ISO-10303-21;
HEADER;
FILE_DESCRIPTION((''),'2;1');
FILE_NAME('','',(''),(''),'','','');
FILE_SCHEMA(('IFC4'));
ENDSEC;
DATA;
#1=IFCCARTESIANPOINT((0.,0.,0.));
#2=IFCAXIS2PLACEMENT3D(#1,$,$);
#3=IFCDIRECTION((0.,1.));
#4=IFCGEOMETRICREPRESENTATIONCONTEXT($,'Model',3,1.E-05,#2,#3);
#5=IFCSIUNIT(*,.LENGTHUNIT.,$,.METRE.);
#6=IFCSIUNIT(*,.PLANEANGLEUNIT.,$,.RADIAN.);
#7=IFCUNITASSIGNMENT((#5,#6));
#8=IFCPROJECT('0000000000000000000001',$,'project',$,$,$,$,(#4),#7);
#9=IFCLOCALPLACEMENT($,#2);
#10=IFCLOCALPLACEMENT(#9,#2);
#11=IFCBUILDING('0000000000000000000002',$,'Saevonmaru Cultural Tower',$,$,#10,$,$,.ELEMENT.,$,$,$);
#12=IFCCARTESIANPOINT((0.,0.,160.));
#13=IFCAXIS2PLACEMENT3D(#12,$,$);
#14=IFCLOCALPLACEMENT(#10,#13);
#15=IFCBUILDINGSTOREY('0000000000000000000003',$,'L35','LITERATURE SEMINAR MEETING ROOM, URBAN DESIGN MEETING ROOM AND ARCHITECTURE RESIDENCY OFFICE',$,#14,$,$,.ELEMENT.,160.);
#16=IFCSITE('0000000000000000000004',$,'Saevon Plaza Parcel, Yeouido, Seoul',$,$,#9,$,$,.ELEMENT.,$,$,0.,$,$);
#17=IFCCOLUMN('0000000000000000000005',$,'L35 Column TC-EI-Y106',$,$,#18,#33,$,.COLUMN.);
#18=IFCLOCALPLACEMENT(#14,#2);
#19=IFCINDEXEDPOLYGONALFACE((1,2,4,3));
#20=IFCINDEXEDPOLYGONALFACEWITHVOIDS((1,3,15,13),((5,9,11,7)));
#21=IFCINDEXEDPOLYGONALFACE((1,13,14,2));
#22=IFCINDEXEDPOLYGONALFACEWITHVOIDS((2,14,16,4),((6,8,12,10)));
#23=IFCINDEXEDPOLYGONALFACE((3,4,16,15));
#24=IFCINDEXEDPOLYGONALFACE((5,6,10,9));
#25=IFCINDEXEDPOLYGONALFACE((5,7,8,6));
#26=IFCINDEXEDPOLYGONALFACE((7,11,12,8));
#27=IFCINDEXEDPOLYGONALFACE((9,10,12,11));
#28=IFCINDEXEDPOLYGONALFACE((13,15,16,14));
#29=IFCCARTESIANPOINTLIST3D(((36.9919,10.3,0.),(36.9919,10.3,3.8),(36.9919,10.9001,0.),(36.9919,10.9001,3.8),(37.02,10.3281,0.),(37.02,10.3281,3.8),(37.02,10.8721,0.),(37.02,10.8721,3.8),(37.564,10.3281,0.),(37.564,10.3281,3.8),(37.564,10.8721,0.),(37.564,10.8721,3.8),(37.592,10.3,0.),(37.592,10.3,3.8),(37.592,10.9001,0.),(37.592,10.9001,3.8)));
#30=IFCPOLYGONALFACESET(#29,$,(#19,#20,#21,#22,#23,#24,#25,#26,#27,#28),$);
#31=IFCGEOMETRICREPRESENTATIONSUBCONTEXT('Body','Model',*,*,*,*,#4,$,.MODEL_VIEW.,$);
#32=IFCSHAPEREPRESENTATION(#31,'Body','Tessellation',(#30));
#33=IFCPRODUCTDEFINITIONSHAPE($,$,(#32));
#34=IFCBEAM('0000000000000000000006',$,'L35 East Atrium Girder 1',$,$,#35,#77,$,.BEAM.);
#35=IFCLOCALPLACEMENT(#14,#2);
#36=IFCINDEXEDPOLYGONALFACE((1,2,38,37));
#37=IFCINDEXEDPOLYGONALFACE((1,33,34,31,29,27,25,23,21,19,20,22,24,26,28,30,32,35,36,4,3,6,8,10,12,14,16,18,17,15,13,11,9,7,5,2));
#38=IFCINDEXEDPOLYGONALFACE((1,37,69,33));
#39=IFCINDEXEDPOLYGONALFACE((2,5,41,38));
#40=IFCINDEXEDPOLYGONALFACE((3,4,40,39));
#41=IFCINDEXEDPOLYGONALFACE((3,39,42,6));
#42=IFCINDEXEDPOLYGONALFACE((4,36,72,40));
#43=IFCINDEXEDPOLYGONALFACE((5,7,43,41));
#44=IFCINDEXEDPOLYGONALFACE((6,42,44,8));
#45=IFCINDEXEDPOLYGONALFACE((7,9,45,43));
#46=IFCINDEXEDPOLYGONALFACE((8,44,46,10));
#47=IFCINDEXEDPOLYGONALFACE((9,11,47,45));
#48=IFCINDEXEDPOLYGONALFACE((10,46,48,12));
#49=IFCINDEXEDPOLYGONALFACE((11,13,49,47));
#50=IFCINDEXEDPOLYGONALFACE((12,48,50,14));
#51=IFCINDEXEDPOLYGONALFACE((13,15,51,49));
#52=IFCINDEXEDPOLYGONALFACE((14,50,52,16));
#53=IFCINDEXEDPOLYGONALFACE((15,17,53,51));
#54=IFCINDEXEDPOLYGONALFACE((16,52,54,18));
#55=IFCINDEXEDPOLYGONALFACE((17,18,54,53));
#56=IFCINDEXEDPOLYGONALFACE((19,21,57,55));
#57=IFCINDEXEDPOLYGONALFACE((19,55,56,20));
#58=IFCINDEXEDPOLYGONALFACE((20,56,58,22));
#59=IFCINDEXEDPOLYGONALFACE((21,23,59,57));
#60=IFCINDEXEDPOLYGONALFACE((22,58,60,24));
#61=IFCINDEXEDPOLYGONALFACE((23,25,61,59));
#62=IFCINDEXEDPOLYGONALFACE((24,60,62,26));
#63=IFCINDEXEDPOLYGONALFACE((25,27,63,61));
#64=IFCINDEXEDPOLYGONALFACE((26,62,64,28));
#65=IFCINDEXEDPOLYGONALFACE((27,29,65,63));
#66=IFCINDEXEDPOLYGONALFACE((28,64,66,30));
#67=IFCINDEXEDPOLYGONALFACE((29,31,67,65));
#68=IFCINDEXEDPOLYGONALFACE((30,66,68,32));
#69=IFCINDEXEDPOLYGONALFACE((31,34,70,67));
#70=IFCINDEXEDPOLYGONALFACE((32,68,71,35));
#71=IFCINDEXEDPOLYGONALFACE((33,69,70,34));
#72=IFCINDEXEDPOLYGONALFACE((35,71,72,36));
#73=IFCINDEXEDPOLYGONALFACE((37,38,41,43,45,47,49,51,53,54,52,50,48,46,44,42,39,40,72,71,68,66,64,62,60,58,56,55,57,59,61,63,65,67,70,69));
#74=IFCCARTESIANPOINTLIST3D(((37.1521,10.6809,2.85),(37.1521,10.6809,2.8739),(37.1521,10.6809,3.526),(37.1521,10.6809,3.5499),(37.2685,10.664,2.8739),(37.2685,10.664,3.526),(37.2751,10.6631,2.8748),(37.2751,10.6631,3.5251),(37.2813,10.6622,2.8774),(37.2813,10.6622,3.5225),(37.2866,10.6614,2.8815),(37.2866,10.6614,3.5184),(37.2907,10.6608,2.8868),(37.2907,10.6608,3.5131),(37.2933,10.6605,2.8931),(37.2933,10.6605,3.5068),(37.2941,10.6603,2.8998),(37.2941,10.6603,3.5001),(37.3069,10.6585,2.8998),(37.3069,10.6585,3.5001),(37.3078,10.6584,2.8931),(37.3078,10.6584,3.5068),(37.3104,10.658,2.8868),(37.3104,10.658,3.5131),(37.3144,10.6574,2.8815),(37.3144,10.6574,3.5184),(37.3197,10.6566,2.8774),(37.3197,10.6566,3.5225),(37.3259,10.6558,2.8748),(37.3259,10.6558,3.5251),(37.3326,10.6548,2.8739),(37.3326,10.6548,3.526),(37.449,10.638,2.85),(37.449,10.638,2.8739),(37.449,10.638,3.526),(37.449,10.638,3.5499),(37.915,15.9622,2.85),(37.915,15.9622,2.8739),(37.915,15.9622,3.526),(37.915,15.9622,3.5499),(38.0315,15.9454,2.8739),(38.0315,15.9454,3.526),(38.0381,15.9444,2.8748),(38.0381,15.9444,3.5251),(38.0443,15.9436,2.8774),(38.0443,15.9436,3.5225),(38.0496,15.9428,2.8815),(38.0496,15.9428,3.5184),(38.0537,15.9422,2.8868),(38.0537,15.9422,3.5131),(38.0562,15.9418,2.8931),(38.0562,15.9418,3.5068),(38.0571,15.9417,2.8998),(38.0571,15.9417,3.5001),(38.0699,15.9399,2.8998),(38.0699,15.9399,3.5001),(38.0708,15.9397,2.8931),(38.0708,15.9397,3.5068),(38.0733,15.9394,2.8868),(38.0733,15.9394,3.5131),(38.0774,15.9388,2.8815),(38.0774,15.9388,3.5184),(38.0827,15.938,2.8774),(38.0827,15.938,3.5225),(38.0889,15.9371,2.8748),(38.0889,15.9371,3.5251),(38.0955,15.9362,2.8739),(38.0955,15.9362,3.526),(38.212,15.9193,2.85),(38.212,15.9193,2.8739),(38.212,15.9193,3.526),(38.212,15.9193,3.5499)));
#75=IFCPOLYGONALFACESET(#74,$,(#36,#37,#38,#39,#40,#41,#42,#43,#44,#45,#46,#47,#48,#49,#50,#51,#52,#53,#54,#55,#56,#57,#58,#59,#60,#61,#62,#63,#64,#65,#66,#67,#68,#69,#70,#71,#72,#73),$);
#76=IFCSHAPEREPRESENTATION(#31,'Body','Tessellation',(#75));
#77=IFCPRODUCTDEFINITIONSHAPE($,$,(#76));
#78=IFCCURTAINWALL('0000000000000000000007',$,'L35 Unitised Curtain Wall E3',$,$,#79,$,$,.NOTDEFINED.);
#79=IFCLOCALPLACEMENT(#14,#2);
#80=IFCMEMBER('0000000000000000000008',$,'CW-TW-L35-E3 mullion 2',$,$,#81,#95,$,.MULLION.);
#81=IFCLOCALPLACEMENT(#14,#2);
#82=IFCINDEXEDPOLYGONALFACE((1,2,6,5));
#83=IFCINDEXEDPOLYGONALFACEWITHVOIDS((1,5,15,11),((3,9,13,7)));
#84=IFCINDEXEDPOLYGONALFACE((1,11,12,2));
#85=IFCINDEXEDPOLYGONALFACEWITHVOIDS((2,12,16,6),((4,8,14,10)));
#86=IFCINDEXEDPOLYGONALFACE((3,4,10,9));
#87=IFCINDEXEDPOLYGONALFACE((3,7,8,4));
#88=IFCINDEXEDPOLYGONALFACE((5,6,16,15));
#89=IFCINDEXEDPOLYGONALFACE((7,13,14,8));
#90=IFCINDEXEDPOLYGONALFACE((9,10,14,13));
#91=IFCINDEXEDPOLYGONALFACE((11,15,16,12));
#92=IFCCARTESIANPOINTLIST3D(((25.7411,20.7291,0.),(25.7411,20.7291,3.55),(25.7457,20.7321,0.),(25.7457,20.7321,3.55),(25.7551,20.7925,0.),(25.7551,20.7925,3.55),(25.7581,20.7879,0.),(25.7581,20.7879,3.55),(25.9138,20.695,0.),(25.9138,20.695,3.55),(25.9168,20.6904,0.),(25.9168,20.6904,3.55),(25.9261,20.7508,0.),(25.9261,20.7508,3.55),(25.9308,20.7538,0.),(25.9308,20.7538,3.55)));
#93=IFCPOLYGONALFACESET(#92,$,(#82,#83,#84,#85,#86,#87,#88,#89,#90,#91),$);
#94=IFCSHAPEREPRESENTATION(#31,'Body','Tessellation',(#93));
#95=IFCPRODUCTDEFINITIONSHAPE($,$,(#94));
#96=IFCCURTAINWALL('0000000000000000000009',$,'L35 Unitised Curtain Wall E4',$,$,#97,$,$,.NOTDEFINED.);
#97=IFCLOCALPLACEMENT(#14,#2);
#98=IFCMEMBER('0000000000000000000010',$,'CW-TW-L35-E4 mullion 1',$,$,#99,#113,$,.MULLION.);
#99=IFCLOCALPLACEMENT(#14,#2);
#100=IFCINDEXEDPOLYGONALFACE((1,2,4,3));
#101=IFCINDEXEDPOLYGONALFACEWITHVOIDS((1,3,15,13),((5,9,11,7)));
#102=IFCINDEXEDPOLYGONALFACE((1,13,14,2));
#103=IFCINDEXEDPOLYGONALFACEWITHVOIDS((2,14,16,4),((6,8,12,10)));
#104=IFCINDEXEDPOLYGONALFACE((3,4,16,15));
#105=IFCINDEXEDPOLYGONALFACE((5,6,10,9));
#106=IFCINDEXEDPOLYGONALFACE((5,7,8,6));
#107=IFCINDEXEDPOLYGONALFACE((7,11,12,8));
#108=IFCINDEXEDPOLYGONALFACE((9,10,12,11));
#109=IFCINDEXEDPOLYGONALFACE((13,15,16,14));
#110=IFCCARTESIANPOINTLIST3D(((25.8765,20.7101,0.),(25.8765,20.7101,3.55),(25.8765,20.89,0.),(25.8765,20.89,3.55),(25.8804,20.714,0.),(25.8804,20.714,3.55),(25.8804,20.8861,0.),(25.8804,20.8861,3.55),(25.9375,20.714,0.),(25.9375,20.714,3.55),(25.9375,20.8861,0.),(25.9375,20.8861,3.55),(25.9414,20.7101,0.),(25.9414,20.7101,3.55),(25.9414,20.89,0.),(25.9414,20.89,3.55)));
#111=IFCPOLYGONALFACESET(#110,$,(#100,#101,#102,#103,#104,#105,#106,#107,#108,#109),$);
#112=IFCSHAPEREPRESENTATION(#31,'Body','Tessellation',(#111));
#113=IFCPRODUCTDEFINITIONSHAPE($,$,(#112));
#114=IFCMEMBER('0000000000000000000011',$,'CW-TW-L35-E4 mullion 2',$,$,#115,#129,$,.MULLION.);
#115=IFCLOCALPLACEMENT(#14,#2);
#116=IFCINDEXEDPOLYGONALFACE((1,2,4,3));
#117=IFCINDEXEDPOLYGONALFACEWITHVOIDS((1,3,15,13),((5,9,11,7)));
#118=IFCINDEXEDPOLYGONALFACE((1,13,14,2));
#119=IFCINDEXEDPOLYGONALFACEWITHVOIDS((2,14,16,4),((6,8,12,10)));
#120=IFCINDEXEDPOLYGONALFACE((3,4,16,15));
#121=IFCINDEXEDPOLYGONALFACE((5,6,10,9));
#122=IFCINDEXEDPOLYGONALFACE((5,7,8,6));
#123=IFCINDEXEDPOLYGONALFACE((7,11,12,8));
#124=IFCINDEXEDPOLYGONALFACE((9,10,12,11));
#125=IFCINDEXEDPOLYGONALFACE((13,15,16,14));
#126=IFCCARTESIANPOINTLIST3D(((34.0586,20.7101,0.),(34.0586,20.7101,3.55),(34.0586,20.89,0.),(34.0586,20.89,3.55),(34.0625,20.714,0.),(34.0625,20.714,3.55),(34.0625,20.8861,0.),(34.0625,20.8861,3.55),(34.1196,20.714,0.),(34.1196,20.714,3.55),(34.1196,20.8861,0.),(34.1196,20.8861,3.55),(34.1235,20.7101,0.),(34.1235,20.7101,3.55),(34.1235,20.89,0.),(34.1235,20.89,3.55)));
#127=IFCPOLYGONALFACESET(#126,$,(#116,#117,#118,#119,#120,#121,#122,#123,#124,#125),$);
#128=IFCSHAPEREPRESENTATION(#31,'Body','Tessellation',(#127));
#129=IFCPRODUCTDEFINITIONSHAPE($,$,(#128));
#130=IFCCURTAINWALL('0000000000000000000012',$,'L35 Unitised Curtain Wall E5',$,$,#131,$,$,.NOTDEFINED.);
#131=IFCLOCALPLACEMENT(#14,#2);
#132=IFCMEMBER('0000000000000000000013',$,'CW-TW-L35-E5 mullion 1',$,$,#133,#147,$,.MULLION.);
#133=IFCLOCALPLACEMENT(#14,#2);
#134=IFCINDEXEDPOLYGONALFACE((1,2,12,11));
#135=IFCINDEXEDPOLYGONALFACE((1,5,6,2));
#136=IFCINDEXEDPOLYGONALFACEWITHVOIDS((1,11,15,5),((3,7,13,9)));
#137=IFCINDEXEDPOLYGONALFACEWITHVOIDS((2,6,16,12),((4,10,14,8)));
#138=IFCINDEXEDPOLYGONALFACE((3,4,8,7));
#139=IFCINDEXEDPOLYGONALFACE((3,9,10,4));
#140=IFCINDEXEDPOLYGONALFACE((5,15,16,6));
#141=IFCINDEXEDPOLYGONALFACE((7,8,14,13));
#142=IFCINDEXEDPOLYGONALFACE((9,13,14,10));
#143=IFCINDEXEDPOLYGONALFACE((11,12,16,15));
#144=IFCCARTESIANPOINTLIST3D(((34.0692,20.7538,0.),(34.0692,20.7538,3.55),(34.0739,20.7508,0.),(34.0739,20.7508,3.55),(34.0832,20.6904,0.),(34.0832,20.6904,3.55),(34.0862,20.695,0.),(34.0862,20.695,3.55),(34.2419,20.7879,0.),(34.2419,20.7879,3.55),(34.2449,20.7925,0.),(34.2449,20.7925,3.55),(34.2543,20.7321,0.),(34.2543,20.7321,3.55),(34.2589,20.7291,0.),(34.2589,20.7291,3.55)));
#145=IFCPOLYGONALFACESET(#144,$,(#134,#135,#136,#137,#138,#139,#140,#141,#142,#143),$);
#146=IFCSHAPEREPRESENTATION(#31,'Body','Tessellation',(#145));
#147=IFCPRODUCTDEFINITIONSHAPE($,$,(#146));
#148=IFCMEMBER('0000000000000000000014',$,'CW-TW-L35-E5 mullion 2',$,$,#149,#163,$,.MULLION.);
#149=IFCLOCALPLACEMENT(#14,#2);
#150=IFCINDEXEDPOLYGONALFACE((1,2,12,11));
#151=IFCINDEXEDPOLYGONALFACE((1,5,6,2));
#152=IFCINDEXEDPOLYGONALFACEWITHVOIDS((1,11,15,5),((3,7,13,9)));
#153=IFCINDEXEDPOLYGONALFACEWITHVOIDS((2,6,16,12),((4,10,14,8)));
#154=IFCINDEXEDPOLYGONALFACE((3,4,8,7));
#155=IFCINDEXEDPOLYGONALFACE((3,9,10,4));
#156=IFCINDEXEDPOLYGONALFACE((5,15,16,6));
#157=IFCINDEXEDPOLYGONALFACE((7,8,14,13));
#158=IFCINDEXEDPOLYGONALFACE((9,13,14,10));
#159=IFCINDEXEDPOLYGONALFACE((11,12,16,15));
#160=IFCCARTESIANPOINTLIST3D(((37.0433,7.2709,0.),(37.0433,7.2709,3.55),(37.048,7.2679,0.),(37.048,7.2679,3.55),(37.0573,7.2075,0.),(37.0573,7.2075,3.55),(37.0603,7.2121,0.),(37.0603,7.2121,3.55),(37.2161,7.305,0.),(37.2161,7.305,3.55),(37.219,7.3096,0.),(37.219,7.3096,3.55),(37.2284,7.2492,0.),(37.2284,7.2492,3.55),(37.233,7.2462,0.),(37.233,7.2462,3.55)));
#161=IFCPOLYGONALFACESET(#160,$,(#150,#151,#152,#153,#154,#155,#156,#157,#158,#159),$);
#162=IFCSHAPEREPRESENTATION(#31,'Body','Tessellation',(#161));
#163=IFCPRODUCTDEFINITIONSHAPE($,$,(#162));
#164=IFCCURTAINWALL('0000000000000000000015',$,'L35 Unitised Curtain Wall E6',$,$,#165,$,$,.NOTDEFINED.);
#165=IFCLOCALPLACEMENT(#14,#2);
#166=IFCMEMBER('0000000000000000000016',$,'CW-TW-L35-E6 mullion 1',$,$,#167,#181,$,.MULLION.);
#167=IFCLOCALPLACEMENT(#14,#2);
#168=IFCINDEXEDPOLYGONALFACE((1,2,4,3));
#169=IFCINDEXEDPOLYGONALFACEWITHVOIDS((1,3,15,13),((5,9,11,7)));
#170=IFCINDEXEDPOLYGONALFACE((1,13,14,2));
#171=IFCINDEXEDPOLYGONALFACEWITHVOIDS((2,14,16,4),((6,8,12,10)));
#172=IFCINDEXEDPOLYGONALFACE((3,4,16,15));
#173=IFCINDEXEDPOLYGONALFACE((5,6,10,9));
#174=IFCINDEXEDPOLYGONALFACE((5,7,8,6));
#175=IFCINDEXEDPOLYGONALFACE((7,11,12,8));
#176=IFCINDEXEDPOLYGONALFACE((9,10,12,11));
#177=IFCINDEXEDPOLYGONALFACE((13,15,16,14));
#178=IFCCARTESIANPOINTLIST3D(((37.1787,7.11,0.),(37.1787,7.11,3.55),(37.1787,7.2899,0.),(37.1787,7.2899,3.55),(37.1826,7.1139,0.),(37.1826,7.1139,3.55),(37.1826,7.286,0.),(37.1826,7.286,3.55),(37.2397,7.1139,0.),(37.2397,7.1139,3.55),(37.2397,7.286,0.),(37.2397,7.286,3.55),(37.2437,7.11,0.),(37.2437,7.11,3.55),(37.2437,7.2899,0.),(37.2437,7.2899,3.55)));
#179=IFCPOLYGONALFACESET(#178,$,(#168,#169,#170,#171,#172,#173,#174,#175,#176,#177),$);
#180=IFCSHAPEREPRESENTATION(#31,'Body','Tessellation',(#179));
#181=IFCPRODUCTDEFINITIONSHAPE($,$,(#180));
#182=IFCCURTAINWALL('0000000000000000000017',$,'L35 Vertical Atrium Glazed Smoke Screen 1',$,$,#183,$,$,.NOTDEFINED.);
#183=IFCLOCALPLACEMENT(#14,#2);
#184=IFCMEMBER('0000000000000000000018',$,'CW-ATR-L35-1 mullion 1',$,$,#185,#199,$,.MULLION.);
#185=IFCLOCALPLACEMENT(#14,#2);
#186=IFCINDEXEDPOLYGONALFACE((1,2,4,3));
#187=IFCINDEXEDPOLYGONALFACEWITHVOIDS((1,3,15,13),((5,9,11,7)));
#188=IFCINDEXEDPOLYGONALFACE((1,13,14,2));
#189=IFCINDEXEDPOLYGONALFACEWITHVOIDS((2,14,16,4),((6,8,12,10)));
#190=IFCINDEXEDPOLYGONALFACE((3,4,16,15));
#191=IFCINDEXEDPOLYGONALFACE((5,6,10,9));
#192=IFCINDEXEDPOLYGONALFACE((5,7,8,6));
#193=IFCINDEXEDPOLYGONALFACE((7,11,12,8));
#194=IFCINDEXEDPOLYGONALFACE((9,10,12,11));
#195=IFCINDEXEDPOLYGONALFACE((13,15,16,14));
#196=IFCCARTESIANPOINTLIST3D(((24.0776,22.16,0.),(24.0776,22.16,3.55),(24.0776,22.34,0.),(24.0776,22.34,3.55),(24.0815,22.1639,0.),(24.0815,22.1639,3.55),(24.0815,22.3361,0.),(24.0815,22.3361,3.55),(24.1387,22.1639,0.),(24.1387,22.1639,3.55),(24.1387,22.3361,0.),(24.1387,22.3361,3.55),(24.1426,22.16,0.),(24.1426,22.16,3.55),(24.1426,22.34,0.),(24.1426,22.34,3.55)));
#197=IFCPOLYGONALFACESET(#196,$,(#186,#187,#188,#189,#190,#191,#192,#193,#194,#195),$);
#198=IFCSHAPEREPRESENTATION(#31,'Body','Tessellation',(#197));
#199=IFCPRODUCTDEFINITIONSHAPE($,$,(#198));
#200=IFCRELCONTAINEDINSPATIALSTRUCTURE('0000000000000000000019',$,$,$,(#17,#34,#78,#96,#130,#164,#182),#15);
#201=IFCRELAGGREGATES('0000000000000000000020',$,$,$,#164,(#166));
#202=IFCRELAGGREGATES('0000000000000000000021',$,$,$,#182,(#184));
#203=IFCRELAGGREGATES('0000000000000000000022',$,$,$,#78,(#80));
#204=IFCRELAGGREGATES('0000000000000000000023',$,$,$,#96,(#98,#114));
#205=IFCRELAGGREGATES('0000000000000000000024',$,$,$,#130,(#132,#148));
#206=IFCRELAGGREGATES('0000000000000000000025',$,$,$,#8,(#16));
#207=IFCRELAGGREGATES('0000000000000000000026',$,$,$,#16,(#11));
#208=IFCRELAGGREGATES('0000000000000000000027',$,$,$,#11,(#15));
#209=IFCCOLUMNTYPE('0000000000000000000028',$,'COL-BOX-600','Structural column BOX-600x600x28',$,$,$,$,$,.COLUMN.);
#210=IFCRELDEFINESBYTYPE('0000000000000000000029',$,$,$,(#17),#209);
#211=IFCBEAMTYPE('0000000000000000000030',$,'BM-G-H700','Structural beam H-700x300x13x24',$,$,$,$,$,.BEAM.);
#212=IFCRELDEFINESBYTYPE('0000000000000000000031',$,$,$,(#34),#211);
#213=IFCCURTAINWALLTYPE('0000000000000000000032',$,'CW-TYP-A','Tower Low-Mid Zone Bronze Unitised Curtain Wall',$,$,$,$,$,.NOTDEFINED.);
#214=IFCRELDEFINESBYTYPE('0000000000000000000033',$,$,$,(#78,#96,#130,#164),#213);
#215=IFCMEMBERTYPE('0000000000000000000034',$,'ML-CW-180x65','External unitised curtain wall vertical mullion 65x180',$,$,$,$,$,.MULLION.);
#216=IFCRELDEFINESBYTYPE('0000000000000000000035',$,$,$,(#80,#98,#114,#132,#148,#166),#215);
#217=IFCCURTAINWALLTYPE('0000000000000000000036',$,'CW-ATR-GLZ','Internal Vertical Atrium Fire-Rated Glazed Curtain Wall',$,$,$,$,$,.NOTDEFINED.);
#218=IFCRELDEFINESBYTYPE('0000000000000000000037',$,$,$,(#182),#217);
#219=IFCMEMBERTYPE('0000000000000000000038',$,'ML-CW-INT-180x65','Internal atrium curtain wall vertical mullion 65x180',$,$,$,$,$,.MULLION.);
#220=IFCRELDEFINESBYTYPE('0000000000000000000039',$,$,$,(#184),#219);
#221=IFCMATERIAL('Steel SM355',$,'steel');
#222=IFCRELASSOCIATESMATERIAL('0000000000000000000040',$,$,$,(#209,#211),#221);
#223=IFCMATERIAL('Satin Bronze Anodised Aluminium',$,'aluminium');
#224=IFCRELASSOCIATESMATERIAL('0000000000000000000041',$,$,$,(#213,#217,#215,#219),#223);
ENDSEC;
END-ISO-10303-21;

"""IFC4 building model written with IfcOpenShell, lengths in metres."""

from ifc_helpers import new_model, si_unit, direction, frame, origin, origin_2d, place, context, subcontext, project, spatial, hollow_rectangle, i_section, extrude, material, material_profile, profile_set, type_object, element, aggregate, save


model = new_model("IFC4")

# Units and contexts
model_context = context("Model", 3, precision=1e-05, world=origin(), true_north=direction((0.0, 1.0)))
body_context = subcontext(model_context, "Body", "Model", "MODEL_VIEW")
ifc_project = project(units=[si_unit("LENGTHUNIT", "METRE"), si_unit("PLANEANGLEUNIT", "RADIAN")], contexts=[model_context])

# Site, building, storey
site_placement = place(None, origin())
site = spatial("IfcSite", under=ifc_project, at=site_placement, Name="Saevon Plaza Parcel, Yeouido, Seoul", CompositionType="ELEMENT", RefElevation=0.0)
building_placement = place(site_placement, origin())
building = spatial("IfcBuilding", under=site, at=building_placement, Name="Saevonmaru Cultural Tower", CompositionType="ELEMENT")
storey_placement = place(building_placement, frame((0.0, 0.0, 160.0)))
storey = spatial("IfcBuildingStorey", under=building, at=storey_placement, Name="L35", Description="LITERATURE SEMINAR MEETING ROOM, URBAN DESIGN MEETING ROOM AND ARCHITECTURE RESIDENCY OFFICE", CompositionType="ELEMENT", Elevation=160.0)

# Column
ifc_material_1 = material(Name="Steel SM355", Category="steel")
ifc_material_profile_1 = material_profile(ifc_material_1, hollow_rectangle(XDim=0.6001, YDim=0.6001, WallThickness=0.0281, at=origin_2d()), Name="BOX-600x600x28")
ifc_profile_set_1 = profile_set([ifc_material_profile_1], Name="Steel SM355")
column_type = type_object("IfcColumnType", Name="COL-BOX-600", Description="Structural column BOX-600x600x28", PredefinedType="COLUMN", material=ifc_profile_set_1)
column_placement = place(storey_placement, frame((37.292, 10.6001, 0.0), z_axis=(0.0, 0.0, 1.0), x_axis=(1.0, 0.0, 0.0)))
element("IfcColumn", 1, at=column_placement, inside=storey, type_object=column_type, Name="L35 Column TC-EI-Y106", PredefinedType="COLUMN", context=body_context, shape_type="SweptSolid", body=[
    extrude(hollow_rectangle(XDim=0.6001, YDim=0.6001, WallThickness=0.0281, at=origin_2d()), origin(), (0.0, 0.0, 1.0), 3.8),
])

# Beam
ifc_material_profile_2 = material_profile(ifc_material_1, i_section(OverallWidth=0.3, OverallDepth=0.7, WebThickness=0.0129, FlangeThickness=0.0239, FilletRadius=0.0259, at=origin_2d()), Name="H-700x300x13x24")
ifc_profile_set_2 = profile_set([ifc_material_profile_2], Name="Steel SM355")
beam_type = type_object("IfcBeamType", Name="BM-G-H700", Description="Structural beam H-700x300x13x24", PredefinedType="BEAM", material=ifc_profile_set_2)
beam_placement = place(storey_placement, frame((37.3005, 10.6594, 3.2), z_axis=(0.142978, 0.989726, 0.0), x_axis=(-0.989726, 0.142978, 0.0)))
element("IfcBeam", 2, at=beam_placement, inside=storey, type_object=beam_type, Name="L35 East Atrium Girder 1", PredefinedType="BEAM", context=body_context, shape_type="SweptSolid", body=[
    extrude(i_section(OverallWidth=0.3, OverallDepth=0.7, WebThickness=0.0129, FlangeThickness=0.0239, FilletRadius=0.0259, at=origin_2d()), origin(), (0.0, 0.0, 1.0), 5.3362),
])

# Curtain wall, member
ifc_material_2 = material(Name="Satin Bronze Anodised Aluminium", Category="aluminium")
curtain_wall_type_1 = type_object("IfcCurtainWallType", Name="CW-TYP-A", Description="Tower Low-Mid Zone Bronze Unitised Curtain Wall", PredefinedType="NOTDEFINED", material=ifc_material_2)
curtain_wall_1_placement = place(storey_placement, origin())
curtain_wall_1 = element("IfcCurtainWall", 3, at=curtain_wall_1_placement, inside=storey, type_object=curtain_wall_type_1, Name="L35 Unitised Curtain Wall E3", PredefinedType="NOTDEFINED")
ifc_material_profile_3 = material_profile(ifc_material_2, hollow_rectangle(XDim=0.0649, YDim=0.1799, WallThickness=0.0039, at=origin_2d()), Name="ALU-MULL-180x65x4")
ifc_profile_set_3 = profile_set([ifc_material_profile_3], Name="Satin Bronze Anodised Aluminium")
member_type_1 = type_object("IfcMemberType", Name="ML-CW-180x65", Description="External unitised curtain wall vertical mullion 65x180", PredefinedType="MULLION", material=ifc_profile_set_3)
member_1_placement = place(storey_placement, frame((25.8359, 20.7415, 0.0), z_axis=(0.0, 0.0, 1.0), x_axis=(0.215413, 0.976523, 0.0)))
member_1 = element("IfcMember", 4, at=member_1_placement, type_object=member_type_1, Name="CW-TW-L35-E3 mullion 2", PredefinedType="MULLION", context=body_context, shape_type="SweptSolid", body=[
    extrude(hollow_rectangle(XDim=0.0649, YDim=0.1799, WallThickness=0.0039, at=origin_2d()), origin(), (0.0, 0.0, 1.0), 3.55),
])

# Curtain walls, members
curtain_wall_2_placement = place(storey_placement, origin())
curtain_wall_2 = element("IfcCurtainWall", 5, at=curtain_wall_2_placement, inside=storey, type_object=curtain_wall_type_1, Name="L35 Unitised Curtain Wall E4", PredefinedType="NOTDEFINED")
member_2_placement = place(storey_placement, frame((25.9089, 20.8, 0.0), z_axis=(0.0, 0.0, 1.0), x_axis=(1.0, 0.0, 0.0)))
member_2 = element("IfcMember", 6, at=member_2_placement, type_object=member_type_1, Name="CW-TW-L35-E4 mullion 1", PredefinedType="MULLION", context=body_context, shape_type="SweptSolid", body=[
    extrude(hollow_rectangle(XDim=0.0649, YDim=0.1799, WallThickness=0.0039, at=origin_2d()), origin(), (0.0, 0.0, 1.0), 3.55),
])
member_3_placement = place(storey_placement, frame((34.0911, 20.8, 0.0), z_axis=(0.0, 0.0, 1.0), x_axis=(1.0, 0.0, 0.0)))
member_3 = element("IfcMember", 7, at=member_3_placement, type_object=member_type_1, Name="CW-TW-L35-E4 mullion 2", PredefinedType="MULLION", context=body_context, shape_type="SweptSolid", body=[
    extrude(hollow_rectangle(XDim=0.0649, YDim=0.1799, WallThickness=0.0039, at=origin_2d()), origin(), (0.0, 0.0, 1.0), 3.55),
])
curtain_wall_3_placement = place(storey_placement, origin())
curtain_wall_3 = element("IfcCurtainWall", 8, at=curtain_wall_3_placement, inside=storey, type_object=curtain_wall_type_1, Name="L35 Unitised Curtain Wall E5", PredefinedType="NOTDEFINED")
member_4_placement = place(storey_placement, frame((34.1641, 20.7415, 0.0), z_axis=(0.0, 0.0, 1.0), x_axis=(0.215413, -0.976523, 0.0)))
member_4 = element("IfcMember", 9, at=member_4_placement, type_object=member_type_1, Name="CW-TW-L35-E5 mullion 1", PredefinedType="MULLION", context=body_context, shape_type="SweptSolid", body=[
    extrude(hollow_rectangle(XDim=0.0649, YDim=0.1799, WallThickness=0.0039, at=origin_2d()), origin(), (0.0, 0.0, 1.0), 3.55),
])
member_5_placement = place(storey_placement, frame((37.1382, 7.2585, 0.0), z_axis=(0.0, 0.0, 1.0), x_axis=(0.215413, -0.976523, 0.0)))
member_5 = element("IfcMember", 10, at=member_5_placement, type_object=member_type_1, Name="CW-TW-L35-E5 mullion 2", PredefinedType="MULLION", context=body_context, shape_type="SweptSolid", body=[
    extrude(hollow_rectangle(XDim=0.0649, YDim=0.1799, WallThickness=0.0039, at=origin_2d()), origin(), (0.0, 0.0, 1.0), 3.55),
])

# Curtain walls, members
curtain_wall_4_placement = place(storey_placement, origin())
curtain_wall_4 = element("IfcCurtainWall", 11, at=curtain_wall_4_placement, inside=storey, type_object=curtain_wall_type_1, Name="L35 Unitised Curtain Wall E6", PredefinedType="NOTDEFINED")
member_6_placement = place(storey_placement, frame((37.2112, 7.2, 0.0), z_axis=(0.0, 0.0, 1.0), x_axis=(1.0, 0.0, 0.0)))
member_6 = element("IfcMember", 12, at=member_6_placement, type_object=member_type_1, Name="CW-TW-L35-E6 mullion 1", PredefinedType="MULLION", context=body_context, shape_type="SweptSolid", body=[
    extrude(hollow_rectangle(XDim=0.0649, YDim=0.1799, WallThickness=0.0039, at=origin_2d()), origin(), (0.0, 0.0, 1.0), 3.55),
])
curtain_wall_type_2 = type_object("IfcCurtainWallType", Name="CW-ATR-GLZ", Description="Internal Vertical Atrium Fire-Rated Glazed Curtain Wall", PredefinedType="NOTDEFINED", material=ifc_material_2)
curtain_wall_5_placement = place(storey_placement, origin())
curtain_wall_5 = element("IfcCurtainWall", 13, at=curtain_wall_5_placement, inside=storey, type_object=curtain_wall_type_2, Name="L35 Vertical Atrium Glazed Smoke Screen 1", PredefinedType="NOTDEFINED")
ifc_material_profile_4 = material_profile(ifc_material_2, hollow_rectangle(XDim=0.0649, YDim=0.1799, WallThickness=0.0039, at=origin_2d()), Name="ALU-MULL-180x65x4")
ifc_profile_set_4 = profile_set([ifc_material_profile_4], Name="Satin Bronze Anodised Aluminium")
member_type_2 = type_object("IfcMemberType", Name="ML-CW-INT-180x65", Description="Internal atrium curtain wall vertical mullion 65x180", PredefinedType="MULLION", material=ifc_profile_set_4)
member_7_placement = place(storey_placement, frame((24.1101, 22.25, 0.0), z_axis=(0.0, 0.0, 1.0), x_axis=(1.0, 0.0, 0.0)))
member_7 = element("IfcMember", 14, at=member_7_placement, type_object=member_type_2, Name="CW-ATR-L35-1 mullion 1", PredefinedType="MULLION", context=body_context, shape_type="SweptSolid", body=[
    extrude(hollow_rectangle(XDim=0.0649, YDim=0.1799, WallThickness=0.0039, at=origin_2d()), origin(), (0.0, 0.0, 1.0), 3.55),
])

aggregate(curtain_wall_4, [member_6])

aggregate(curtain_wall_5, [member_7])
aggregate(curtain_wall_1, [member_1])
aggregate(curtain_wall_2, [member_2, member_3])
aggregate(curtain_wall_3, [member_4, member_5])

save(model, "model.ifc")
